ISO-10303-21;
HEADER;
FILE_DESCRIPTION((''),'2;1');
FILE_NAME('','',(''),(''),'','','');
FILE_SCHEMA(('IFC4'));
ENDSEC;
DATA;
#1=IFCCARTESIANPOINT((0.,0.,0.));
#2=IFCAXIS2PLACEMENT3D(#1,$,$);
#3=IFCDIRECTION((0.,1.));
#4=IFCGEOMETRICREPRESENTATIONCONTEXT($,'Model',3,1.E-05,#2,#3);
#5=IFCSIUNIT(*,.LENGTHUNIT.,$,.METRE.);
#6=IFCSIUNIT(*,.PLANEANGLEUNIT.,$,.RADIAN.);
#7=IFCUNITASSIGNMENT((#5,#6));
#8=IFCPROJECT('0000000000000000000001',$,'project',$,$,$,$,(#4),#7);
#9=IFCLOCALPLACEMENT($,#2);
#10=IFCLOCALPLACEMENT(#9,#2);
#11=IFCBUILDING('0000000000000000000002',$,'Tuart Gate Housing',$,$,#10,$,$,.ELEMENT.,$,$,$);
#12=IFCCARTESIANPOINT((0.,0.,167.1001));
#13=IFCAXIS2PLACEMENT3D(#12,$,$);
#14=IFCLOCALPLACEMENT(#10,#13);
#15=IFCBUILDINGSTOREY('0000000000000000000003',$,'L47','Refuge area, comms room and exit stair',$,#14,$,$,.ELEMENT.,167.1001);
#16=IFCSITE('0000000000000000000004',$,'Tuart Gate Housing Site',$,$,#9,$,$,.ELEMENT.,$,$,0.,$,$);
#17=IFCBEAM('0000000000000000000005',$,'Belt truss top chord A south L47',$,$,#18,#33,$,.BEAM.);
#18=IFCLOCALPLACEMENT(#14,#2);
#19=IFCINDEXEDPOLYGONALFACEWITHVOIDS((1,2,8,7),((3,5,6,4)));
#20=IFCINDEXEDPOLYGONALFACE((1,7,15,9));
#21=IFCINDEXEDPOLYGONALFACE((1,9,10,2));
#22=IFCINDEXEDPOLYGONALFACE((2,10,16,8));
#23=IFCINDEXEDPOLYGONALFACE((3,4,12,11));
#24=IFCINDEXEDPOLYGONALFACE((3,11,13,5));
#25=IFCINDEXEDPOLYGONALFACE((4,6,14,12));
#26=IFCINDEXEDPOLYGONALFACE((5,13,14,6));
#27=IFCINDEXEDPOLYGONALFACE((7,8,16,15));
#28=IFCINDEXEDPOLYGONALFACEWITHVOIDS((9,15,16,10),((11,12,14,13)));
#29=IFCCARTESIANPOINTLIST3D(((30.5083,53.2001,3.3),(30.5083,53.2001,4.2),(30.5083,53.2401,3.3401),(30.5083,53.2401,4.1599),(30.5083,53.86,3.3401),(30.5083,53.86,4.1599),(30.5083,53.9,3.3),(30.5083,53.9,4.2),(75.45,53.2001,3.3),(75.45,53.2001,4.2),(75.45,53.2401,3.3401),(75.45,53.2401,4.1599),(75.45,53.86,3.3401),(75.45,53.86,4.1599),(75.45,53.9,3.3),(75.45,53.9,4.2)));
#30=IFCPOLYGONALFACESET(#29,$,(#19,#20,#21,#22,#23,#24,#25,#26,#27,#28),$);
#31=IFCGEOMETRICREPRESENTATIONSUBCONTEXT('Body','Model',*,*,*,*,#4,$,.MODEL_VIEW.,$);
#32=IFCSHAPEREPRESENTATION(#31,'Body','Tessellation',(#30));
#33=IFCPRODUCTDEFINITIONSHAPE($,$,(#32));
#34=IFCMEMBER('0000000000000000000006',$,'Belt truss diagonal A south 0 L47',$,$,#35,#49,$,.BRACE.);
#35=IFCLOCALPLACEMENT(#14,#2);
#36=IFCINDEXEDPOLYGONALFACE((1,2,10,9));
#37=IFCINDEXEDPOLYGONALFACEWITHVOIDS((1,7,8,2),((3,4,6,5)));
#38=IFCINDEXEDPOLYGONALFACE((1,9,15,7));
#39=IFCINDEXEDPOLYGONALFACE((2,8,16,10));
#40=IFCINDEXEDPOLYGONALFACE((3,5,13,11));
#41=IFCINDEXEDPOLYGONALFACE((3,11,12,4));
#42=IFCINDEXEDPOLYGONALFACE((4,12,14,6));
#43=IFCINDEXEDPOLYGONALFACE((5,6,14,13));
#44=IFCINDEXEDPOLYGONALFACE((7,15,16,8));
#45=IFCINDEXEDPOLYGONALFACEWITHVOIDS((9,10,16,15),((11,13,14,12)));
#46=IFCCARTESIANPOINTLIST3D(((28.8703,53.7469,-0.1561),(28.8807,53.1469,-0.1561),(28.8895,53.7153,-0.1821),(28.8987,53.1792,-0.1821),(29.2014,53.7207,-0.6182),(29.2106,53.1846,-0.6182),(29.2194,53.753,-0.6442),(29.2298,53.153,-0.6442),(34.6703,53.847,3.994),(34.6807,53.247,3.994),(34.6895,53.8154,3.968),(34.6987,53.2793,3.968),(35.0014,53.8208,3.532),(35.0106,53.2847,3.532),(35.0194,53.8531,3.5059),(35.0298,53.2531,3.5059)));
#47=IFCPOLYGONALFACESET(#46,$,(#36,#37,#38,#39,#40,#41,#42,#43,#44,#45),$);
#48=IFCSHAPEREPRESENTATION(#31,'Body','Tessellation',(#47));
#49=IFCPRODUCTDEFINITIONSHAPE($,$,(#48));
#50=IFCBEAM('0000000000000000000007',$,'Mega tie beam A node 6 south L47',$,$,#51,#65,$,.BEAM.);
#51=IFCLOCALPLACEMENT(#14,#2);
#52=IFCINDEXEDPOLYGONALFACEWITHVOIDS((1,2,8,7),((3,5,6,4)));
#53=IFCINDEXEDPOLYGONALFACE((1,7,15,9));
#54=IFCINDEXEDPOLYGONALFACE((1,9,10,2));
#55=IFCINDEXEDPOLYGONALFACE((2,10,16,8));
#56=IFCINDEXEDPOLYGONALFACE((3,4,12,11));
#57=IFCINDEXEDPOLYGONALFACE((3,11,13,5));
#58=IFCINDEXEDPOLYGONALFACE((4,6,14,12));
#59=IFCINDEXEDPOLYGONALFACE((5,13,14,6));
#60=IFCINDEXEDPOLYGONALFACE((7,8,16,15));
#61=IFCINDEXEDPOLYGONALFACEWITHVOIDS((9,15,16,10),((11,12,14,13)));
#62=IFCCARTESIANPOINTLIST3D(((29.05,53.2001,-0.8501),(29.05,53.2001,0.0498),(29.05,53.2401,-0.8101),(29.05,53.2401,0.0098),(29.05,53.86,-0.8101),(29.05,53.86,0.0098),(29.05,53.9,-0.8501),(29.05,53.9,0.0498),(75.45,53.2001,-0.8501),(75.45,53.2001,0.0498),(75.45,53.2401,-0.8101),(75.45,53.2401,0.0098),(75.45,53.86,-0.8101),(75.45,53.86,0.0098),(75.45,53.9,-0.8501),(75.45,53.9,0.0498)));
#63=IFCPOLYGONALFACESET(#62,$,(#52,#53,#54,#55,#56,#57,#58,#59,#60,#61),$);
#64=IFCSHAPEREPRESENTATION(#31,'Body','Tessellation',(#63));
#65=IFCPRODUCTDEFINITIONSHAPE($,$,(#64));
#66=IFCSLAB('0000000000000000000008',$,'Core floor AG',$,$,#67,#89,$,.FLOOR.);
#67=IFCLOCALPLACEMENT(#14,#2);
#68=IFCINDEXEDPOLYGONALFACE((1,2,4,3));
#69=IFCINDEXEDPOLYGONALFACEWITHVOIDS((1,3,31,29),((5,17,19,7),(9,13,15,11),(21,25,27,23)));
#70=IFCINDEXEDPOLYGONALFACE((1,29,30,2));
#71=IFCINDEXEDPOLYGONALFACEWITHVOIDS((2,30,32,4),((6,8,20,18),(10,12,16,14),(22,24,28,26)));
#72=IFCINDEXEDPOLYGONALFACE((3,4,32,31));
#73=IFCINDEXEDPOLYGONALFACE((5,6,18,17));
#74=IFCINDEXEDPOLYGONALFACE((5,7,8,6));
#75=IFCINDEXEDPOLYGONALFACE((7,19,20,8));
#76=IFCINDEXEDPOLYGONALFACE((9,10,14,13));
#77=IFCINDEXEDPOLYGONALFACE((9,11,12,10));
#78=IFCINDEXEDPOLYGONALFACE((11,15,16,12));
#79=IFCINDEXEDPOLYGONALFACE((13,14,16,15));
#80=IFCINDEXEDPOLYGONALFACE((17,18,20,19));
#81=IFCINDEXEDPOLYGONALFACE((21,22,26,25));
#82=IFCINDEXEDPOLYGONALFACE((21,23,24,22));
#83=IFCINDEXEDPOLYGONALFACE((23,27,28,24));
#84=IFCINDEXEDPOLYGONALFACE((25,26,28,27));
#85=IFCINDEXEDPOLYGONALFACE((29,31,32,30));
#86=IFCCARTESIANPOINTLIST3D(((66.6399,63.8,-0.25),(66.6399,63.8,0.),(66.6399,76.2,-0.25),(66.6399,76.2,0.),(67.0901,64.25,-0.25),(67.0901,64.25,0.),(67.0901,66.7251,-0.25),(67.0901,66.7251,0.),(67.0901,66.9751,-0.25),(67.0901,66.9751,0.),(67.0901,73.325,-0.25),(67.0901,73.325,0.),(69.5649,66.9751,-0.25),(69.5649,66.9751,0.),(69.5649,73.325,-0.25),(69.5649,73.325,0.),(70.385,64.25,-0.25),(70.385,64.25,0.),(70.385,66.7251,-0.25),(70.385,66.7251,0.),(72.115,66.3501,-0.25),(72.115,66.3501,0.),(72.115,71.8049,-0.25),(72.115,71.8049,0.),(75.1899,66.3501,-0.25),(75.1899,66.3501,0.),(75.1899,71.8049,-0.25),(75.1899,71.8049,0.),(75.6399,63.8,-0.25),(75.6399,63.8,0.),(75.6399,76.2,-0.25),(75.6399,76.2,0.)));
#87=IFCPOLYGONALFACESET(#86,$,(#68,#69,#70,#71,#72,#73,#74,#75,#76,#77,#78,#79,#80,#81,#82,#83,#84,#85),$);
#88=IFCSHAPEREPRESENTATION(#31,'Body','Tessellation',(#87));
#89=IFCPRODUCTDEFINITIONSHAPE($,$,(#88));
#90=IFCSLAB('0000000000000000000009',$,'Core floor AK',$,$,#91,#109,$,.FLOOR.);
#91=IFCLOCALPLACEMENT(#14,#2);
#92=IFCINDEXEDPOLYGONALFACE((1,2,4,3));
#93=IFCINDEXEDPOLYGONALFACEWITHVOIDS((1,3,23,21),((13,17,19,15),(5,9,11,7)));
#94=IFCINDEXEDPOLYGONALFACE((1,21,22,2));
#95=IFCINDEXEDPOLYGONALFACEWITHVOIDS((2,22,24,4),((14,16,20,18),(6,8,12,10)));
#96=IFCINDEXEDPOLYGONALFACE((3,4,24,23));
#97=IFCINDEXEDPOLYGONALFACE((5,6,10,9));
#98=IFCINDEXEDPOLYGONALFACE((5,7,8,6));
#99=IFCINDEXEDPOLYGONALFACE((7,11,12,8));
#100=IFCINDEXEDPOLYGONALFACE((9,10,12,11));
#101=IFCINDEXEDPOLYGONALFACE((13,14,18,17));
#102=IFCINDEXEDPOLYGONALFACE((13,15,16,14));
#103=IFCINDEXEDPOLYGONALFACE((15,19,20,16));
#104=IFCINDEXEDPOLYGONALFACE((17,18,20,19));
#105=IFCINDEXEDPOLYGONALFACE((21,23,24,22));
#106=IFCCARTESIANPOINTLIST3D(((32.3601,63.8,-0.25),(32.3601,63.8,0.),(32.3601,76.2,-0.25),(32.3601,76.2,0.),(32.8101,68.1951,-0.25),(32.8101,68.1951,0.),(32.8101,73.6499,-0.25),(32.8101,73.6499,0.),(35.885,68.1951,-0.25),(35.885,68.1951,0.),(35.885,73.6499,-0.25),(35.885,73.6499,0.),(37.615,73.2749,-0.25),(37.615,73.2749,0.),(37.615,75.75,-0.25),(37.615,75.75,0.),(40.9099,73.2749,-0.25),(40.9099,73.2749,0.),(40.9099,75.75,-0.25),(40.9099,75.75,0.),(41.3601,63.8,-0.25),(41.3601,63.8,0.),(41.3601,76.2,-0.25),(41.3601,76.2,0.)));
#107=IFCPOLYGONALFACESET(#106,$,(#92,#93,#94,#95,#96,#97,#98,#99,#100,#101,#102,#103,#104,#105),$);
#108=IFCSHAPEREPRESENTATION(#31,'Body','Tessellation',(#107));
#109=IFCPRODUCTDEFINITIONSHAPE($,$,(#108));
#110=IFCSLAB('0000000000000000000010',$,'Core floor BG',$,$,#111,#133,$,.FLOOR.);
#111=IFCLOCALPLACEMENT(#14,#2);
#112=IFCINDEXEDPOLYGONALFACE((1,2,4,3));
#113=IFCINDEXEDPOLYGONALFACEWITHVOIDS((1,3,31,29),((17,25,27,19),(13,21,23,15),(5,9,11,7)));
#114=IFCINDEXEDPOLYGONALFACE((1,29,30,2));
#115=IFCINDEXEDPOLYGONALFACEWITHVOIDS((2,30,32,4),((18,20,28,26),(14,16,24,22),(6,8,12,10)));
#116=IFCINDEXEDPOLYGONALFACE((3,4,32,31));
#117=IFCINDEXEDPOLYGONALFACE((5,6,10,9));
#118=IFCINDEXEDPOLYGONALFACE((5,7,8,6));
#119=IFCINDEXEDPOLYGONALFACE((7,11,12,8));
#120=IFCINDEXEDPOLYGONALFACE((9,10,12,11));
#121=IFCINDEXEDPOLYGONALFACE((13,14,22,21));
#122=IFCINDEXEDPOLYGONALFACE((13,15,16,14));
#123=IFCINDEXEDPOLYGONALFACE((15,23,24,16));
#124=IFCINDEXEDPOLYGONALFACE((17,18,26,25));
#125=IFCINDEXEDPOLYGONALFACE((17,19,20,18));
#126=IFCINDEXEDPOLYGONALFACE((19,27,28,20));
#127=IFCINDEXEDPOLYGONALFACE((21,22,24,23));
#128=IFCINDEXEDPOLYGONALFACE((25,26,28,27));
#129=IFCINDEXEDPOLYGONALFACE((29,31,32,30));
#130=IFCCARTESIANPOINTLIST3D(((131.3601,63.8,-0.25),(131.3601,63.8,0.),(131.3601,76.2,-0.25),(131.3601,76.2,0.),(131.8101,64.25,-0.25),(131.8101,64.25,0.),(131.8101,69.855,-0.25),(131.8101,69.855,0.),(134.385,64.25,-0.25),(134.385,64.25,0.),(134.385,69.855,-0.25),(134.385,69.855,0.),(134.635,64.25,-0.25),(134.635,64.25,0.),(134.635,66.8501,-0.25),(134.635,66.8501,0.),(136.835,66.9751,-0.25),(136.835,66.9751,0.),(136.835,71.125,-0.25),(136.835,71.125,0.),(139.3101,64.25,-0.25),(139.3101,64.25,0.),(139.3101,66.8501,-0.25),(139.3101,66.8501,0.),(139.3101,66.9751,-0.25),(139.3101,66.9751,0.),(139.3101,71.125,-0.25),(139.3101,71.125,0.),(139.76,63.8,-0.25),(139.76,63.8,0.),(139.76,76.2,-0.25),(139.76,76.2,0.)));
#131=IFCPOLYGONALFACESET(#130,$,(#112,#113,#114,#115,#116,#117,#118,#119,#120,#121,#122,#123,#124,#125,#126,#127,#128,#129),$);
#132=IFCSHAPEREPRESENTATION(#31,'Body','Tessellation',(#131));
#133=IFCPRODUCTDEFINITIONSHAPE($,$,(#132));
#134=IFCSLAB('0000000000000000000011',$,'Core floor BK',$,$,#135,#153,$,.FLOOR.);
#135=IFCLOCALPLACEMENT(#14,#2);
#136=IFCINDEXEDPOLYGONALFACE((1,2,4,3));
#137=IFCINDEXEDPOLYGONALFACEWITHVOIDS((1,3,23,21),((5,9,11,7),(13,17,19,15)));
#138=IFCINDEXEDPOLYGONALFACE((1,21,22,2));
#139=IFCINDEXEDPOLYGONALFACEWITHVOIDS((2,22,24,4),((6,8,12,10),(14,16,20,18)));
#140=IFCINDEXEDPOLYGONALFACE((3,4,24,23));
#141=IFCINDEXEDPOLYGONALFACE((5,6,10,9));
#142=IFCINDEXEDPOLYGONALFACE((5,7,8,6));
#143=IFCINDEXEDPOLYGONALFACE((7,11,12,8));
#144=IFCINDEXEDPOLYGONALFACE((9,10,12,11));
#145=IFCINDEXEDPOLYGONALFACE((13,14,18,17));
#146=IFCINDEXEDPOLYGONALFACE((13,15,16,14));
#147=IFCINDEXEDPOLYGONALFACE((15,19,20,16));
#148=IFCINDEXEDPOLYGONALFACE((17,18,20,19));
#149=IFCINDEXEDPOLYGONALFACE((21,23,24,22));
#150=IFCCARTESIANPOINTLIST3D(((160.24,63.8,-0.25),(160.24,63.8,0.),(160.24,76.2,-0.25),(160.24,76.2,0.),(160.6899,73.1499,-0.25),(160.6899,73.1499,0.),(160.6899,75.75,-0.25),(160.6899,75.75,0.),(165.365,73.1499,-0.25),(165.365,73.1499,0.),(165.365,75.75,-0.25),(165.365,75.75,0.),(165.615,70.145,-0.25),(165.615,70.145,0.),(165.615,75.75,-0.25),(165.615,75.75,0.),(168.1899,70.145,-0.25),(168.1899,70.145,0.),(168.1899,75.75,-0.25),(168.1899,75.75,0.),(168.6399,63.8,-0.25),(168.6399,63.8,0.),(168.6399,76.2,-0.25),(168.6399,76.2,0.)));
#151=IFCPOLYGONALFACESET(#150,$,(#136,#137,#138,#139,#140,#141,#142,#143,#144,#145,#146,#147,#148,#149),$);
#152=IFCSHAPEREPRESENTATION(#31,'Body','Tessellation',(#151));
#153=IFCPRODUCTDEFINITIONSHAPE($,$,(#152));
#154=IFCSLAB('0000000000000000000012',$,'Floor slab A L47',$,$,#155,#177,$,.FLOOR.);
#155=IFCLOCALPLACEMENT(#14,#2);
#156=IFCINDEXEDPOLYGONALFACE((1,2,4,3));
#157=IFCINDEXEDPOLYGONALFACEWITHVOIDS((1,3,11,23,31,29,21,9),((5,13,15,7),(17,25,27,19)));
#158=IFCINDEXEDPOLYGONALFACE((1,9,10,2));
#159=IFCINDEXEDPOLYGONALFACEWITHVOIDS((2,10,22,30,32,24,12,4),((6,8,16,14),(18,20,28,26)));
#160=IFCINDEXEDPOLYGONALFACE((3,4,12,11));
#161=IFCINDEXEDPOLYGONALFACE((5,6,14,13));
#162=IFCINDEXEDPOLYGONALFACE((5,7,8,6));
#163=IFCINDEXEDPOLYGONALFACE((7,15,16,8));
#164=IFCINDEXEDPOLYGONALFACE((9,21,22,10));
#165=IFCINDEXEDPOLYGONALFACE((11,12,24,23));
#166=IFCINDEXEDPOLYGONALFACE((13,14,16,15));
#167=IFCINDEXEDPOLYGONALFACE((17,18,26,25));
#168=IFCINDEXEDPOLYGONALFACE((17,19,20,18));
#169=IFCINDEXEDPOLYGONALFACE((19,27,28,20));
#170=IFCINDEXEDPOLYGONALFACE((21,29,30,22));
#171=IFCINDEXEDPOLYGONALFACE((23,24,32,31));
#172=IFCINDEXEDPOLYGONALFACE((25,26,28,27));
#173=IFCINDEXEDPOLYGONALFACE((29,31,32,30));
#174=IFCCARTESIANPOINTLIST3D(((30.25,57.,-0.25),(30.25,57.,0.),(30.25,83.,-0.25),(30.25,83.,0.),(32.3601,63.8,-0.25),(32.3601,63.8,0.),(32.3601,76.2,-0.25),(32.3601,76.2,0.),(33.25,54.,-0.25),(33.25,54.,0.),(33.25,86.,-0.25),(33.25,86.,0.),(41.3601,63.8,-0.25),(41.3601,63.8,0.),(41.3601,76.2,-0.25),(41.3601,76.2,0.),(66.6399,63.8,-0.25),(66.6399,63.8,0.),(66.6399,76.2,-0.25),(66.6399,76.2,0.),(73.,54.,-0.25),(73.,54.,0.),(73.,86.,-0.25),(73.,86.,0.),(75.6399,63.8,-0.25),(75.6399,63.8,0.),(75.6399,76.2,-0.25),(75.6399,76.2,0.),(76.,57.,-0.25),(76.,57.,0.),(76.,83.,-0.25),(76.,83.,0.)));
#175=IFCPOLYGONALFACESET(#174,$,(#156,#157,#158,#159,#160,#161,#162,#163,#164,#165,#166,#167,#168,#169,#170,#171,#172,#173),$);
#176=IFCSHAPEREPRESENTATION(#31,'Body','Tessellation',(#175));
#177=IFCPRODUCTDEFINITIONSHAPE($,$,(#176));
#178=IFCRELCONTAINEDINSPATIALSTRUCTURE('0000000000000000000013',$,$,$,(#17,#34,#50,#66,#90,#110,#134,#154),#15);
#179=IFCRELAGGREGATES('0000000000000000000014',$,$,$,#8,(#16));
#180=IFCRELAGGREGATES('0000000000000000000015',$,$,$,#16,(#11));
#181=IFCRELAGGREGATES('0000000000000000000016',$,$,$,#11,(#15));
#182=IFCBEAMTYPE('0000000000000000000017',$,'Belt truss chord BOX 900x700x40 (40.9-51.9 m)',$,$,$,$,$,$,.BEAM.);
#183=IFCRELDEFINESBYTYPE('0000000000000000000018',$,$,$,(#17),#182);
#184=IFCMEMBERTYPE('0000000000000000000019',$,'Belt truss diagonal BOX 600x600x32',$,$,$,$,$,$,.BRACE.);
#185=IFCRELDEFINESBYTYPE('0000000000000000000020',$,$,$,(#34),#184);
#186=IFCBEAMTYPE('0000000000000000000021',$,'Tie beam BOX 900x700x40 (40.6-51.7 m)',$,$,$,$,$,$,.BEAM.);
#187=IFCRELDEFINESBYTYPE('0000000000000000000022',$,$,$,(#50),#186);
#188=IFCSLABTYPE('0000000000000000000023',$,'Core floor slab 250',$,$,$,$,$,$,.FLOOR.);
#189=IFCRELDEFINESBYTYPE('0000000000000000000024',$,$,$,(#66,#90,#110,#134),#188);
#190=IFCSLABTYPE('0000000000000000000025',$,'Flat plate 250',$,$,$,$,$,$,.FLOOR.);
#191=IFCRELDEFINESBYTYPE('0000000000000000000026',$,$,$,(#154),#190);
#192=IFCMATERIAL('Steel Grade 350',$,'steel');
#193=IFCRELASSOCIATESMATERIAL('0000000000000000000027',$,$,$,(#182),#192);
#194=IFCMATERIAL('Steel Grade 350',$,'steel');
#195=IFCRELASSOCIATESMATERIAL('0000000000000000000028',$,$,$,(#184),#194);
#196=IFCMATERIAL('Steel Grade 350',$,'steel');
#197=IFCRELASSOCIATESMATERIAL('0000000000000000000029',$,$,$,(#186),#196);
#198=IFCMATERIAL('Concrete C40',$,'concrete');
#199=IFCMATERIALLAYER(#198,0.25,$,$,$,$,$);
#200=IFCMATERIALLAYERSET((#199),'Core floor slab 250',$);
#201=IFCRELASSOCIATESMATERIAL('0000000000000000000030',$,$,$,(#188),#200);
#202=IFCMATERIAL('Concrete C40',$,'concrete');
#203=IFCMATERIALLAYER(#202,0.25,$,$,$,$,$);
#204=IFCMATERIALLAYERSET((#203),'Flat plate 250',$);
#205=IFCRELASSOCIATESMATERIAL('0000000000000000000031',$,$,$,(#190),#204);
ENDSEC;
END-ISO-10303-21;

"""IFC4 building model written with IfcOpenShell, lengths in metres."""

from ifc_helpers import new_model, si_unit, direction, frame, origin, origin_2d, place, context, subcontext, project, spatial, polyline, hollow_rectangle, outline, extrude, material, layer, layer_set, material_profile, profile_set, type_object, element, save


model = new_model("IFC4")

# Units and contexts
model_context = context("Model", 3, precision=1e-05, world=origin(), true_north=direction((0.0, 1.0)))
body_context = subcontext(model_context, "Body", "Model", "MODEL_VIEW")
ifc_project = project(units=[si_unit("LENGTHUNIT", "METRE"), si_unit("PLANEANGLEUNIT", "RADIAN")], contexts=[model_context])

# Site, building, storey
site_placement = place(None, origin())
site = spatial("IfcSite", under=ifc_project, at=site_placement, Name="Tuart Gate Housing Site", CompositionType="ELEMENT", RefElevation=0.0)
building_placement = place(site_placement, origin())
building = spatial("IfcBuilding", under=site, at=building_placement, Name="Tuart Gate Housing", CompositionType="ELEMENT")
storey_placement = place(building_placement, frame((0.0, 0.0, 167.1001)))
storey = spatial("IfcBuildingStorey", under=building, at=storey_placement, Name="L47", Description="Refuge area, comms room and exit stair", CompositionType="ELEMENT", Elevation=167.1001)

# Beam
ifc_material_1 = material(Name="Steel Grade 350", Category="steel")
ifc_material_profile_1 = material_profile(ifc_material_1, hollow_rectangle(XDim=0.7, YDim=0.8999, WallThickness=0.04, at=origin_2d()), Name="BOX 900x700x40")
ifc_profile_set_1 = profile_set([ifc_material_profile_1], Name="Steel Grade 350")
beam_type_1 = type_object("IfcBeamType", Name="Belt truss chord BOX 900x700x40 (40.9-51.9 m)", PredefinedType="BEAM", material=ifc_profile_set_1)
beam_1_placement = place(storey_placement, frame((30.5083, 53.55, 3.75), z_axis=(1.0, 0.0, 0.0), x_axis=(0.0, 1.0, 0.0)))
element("IfcBeam", 1, at=beam_1_placement, inside=storey, type_object=beam_type_1, Name="Belt truss top chord A south L47", PredefinedType="BEAM", context=body_context, shape_type="SweptSolid", body=[
    extrude(hollow_rectangle(XDim=0.7, YDim=0.8999, WallThickness=0.04, at=origin_2d()), origin(), (0.0, 0.0, 1.0), 44.9417),
])

# Member
ifc_material_2 = material(Name="Steel Grade 350", Category="steel")
ifc_material_profile_2 = material_profile(ifc_material_2, hollow_rectangle(XDim=0.6001, YDim=0.6001, WallThickness=0.032, at=origin_2d()), Name="BOX 600x600x32")
ifc_profile_set_2 = profile_set([ifc_material_profile_2], Name="Steel Grade 350")
member_type = type_object("IfcMemberType", Name="Belt truss diagonal BOX 600x600x32", PredefinedType="BRACE", material=ifc_profile_set_2)
member_placement = place(storey_placement, frame((29.05, 53.45, -0.4001), z_axis=(0.813172, 0.014034, 0.581854), x_axis=(-0.017256, 0.999851, 0.0)))
element("IfcMember", 2, at=member_placement, inside=storey, type_object=member_type, Name="Belt truss diagonal A south 0 L47", PredefinedType="BRACE", context=body_context, shape_type="SweptSolid", body=[
    extrude(hollow_rectangle(XDim=0.6001, YDim=0.6001, WallThickness=0.032, at=origin_2d()), origin(), (0.0, 0.0, 1.0), 7.1326),
])

# Beam
ifc_material_3 = material(Name="Steel Grade 350", Category="steel")
ifc_material_profile_3 = material_profile(ifc_material_3, hollow_rectangle(XDim=0.7, YDim=0.8999, WallThickness=0.04, at=origin_2d()), Name="BOX 900x700x40")
ifc_profile_set_3 = profile_set([ifc_material_profile_3], Name="Steel Grade 350")
beam_type_2 = type_object("IfcBeamType", Name="Tie beam BOX 900x700x40 (40.6-51.7 m)", PredefinedType="BEAM", material=ifc_profile_set_3)
beam_2_placement = place(storey_placement, frame((29.05, 53.55, -0.4001), z_axis=(1.0, 0.0, 0.0), x_axis=(0.0, 1.0, 0.0)))
element("IfcBeam", 3, at=beam_2_placement, inside=storey, type_object=beam_type_2, Name="Mega tie beam A node 6 south L47", PredefinedType="BEAM", context=body_context, shape_type="SweptSolid", body=[
    extrude(hollow_rectangle(XDim=0.7, YDim=0.8999, WallThickness=0.04, at=origin_2d()), origin(), (0.0, 0.0, 1.0), 46.3999),
])

# Slabs
ifc_material_4 = material(Name="Concrete C40", Category="concrete")
ifc_layer_1 = layer(ifc_material_4, 0.25)
ifc_layer_set_1 = layer_set([ifc_layer_1], Name="Core floor slab 250")
slab_type_1 = type_object("IfcSlabType", Name="Core floor slab 250", PredefinedType="FLOOR", material=ifc_layer_set_1)
slab_1_placement = place(storey_placement, frame((0.0, 0.0, -0.25)))
element("IfcSlab", 4, at=slab_1_placement, inside=storey, type_object=slab_type_1, Name="Core floor AG", PredefinedType="FLOOR", context=body_context, shape_type="SweptSolid", body=[
    extrude(outline(polyline([(66.6399, 63.8), (75.6399, 63.8), (75.6399, 76.2), (66.6399, 76.2), (66.6399, 63.8)]), holes=[polyline([(67.0901, 64.25), (70.385, 64.25), (70.385, 66.7251), (67.0901, 66.7251), (67.0901, 64.25)]), polyline([(67.0901, 66.9751), (69.5649, 66.9751), (69.5649, 73.325), (67.0901, 73.325), (67.0901, 66.9751)]), polyline([(72.115, 66.3501), (75.1899, 66.3501), (75.1899, 71.8049), (72.115, 71.8049), (72.115, 66.3501)])]), origin(), (0.0, 0.0, 1.0), 0.25),
])
slab_2_placement = place(storey_placement, frame((0.0, 0.0, -0.25)))
element("IfcSlab", 5, at=slab_2_placement, inside=storey, type_object=slab_type_1, Name="Core floor AK", PredefinedType="FLOOR", context=body_context, shape_type="SweptSolid", body=[
    extrude(outline(polyline([(32.3601, 63.8), (41.3601, 63.8), (41.3601, 76.2), (32.3601, 76.2), (32.3601, 63.8)]), holes=[polyline([(40.9099, 75.75), (37.615, 75.75), (37.615, 73.2749), (40.9099, 73.2749), (40.9099, 75.75)]), polyline([(35.885, 73.6499), (32.8101, 73.6499), (32.8101, 68.1951), (35.885, 68.1951), (35.885, 73.6499)])]), origin(), (0.0, 0.0, 1.0), 0.25),
])
slab_3_placement = place(storey_placement, frame((0.0, 0.0, -0.25)))
element("IfcSlab", 6, at=slab_3_placement, inside=storey, type_object=slab_type_1, Name="Core floor BG", PredefinedType="FLOOR", context=body_context, shape_type="SweptSolid", body=[
    extrude(outline(polyline([(131.3601, 63.8), (139.76, 63.8), (139.76, 76.2), (131.3601, 76.2), (131.3601, 63.8)]), holes=[polyline([(139.3101, 66.8501), (134.635, 66.8501), (134.635, 64.25), (139.3101, 64.25), (139.3101, 66.8501)]), polyline([(139.3101, 71.125), (136.835, 71.125), (136.835, 66.9751), (139.3101, 66.9751), (139.3101, 71.125)]), polyline([(134.385, 69.855), (131.8101, 69.855), (131.8101, 64.25), (134.385, 64.25), (134.385, 69.855)])]), origin(), (0.0, 0.0, 1.0), 0.25),
])
slab_4_placement = place(storey_placement, frame((0.0, 0.0, -0.25)))
element("IfcSlab", 7, at=slab_4_placement, inside=storey, type_object=slab_type_1, Name="Core floor BK", PredefinedType="FLOOR", context=body_context, shape_type="SweptSolid", body=[
    extrude(outline(polyline([(160.24, 63.8), (168.6399, 63.8), (168.6399, 76.2), (160.24, 76.2), (160.24, 63.8)]), holes=[polyline([(160.6899, 73.1499), (165.365, 73.1499), (165.365, 75.75), (160.6899, 75.75), (160.6899, 73.1499)]), polyline([(165.615, 70.145), (168.1899, 70.145), (168.1899, 75.75), (165.615, 75.75), (165.615, 70.145)])]), origin(), (0.0, 0.0, 1.0), 0.25),
])
ifc_material_5 = material(Name="Concrete C40", Category="concrete")
ifc_layer_2 = layer(ifc_material_5, 0.25)
ifc_layer_set_2 = layer_set([ifc_layer_2], Name="Flat plate 250")
slab_type_2 = type_object("IfcSlabType", Name="Flat plate 250", PredefinedType="FLOOR", material=ifc_layer_set_2)
slab_5_placement = place(storey_placement, frame((0.0, 0.0, -0.25)))
element("IfcSlab", 8, at=slab_5_placement, inside=storey, type_object=slab_type_2, Name="Floor slab A L47", PredefinedType="FLOOR", context=body_context, shape_type="SweptSolid", body=[
    extrude(outline(polyline([(33.25, 86.0), (30.25, 83.0), (30.25, 57.0), (33.25, 54.0), (73.0, 54.0), (76.0, 57.0), (76.0, 83.0), (73.0, 86.0), (33.25, 86.0)]), holes=[polyline([(66.6399, 76.2), (75.6399, 76.2), (75.6399, 63.8), (66.6399, 63.8), (66.6399, 76.2)]), polyline([(41.3601, 76.2), (41.3601, 63.8), (32.3601, 63.8), (32.3601, 76.2), (41.3601, 76.2)])]), origin(), (0.0, 0.0, 1.0), 0.25),
])

save(model, "model.ifc")
